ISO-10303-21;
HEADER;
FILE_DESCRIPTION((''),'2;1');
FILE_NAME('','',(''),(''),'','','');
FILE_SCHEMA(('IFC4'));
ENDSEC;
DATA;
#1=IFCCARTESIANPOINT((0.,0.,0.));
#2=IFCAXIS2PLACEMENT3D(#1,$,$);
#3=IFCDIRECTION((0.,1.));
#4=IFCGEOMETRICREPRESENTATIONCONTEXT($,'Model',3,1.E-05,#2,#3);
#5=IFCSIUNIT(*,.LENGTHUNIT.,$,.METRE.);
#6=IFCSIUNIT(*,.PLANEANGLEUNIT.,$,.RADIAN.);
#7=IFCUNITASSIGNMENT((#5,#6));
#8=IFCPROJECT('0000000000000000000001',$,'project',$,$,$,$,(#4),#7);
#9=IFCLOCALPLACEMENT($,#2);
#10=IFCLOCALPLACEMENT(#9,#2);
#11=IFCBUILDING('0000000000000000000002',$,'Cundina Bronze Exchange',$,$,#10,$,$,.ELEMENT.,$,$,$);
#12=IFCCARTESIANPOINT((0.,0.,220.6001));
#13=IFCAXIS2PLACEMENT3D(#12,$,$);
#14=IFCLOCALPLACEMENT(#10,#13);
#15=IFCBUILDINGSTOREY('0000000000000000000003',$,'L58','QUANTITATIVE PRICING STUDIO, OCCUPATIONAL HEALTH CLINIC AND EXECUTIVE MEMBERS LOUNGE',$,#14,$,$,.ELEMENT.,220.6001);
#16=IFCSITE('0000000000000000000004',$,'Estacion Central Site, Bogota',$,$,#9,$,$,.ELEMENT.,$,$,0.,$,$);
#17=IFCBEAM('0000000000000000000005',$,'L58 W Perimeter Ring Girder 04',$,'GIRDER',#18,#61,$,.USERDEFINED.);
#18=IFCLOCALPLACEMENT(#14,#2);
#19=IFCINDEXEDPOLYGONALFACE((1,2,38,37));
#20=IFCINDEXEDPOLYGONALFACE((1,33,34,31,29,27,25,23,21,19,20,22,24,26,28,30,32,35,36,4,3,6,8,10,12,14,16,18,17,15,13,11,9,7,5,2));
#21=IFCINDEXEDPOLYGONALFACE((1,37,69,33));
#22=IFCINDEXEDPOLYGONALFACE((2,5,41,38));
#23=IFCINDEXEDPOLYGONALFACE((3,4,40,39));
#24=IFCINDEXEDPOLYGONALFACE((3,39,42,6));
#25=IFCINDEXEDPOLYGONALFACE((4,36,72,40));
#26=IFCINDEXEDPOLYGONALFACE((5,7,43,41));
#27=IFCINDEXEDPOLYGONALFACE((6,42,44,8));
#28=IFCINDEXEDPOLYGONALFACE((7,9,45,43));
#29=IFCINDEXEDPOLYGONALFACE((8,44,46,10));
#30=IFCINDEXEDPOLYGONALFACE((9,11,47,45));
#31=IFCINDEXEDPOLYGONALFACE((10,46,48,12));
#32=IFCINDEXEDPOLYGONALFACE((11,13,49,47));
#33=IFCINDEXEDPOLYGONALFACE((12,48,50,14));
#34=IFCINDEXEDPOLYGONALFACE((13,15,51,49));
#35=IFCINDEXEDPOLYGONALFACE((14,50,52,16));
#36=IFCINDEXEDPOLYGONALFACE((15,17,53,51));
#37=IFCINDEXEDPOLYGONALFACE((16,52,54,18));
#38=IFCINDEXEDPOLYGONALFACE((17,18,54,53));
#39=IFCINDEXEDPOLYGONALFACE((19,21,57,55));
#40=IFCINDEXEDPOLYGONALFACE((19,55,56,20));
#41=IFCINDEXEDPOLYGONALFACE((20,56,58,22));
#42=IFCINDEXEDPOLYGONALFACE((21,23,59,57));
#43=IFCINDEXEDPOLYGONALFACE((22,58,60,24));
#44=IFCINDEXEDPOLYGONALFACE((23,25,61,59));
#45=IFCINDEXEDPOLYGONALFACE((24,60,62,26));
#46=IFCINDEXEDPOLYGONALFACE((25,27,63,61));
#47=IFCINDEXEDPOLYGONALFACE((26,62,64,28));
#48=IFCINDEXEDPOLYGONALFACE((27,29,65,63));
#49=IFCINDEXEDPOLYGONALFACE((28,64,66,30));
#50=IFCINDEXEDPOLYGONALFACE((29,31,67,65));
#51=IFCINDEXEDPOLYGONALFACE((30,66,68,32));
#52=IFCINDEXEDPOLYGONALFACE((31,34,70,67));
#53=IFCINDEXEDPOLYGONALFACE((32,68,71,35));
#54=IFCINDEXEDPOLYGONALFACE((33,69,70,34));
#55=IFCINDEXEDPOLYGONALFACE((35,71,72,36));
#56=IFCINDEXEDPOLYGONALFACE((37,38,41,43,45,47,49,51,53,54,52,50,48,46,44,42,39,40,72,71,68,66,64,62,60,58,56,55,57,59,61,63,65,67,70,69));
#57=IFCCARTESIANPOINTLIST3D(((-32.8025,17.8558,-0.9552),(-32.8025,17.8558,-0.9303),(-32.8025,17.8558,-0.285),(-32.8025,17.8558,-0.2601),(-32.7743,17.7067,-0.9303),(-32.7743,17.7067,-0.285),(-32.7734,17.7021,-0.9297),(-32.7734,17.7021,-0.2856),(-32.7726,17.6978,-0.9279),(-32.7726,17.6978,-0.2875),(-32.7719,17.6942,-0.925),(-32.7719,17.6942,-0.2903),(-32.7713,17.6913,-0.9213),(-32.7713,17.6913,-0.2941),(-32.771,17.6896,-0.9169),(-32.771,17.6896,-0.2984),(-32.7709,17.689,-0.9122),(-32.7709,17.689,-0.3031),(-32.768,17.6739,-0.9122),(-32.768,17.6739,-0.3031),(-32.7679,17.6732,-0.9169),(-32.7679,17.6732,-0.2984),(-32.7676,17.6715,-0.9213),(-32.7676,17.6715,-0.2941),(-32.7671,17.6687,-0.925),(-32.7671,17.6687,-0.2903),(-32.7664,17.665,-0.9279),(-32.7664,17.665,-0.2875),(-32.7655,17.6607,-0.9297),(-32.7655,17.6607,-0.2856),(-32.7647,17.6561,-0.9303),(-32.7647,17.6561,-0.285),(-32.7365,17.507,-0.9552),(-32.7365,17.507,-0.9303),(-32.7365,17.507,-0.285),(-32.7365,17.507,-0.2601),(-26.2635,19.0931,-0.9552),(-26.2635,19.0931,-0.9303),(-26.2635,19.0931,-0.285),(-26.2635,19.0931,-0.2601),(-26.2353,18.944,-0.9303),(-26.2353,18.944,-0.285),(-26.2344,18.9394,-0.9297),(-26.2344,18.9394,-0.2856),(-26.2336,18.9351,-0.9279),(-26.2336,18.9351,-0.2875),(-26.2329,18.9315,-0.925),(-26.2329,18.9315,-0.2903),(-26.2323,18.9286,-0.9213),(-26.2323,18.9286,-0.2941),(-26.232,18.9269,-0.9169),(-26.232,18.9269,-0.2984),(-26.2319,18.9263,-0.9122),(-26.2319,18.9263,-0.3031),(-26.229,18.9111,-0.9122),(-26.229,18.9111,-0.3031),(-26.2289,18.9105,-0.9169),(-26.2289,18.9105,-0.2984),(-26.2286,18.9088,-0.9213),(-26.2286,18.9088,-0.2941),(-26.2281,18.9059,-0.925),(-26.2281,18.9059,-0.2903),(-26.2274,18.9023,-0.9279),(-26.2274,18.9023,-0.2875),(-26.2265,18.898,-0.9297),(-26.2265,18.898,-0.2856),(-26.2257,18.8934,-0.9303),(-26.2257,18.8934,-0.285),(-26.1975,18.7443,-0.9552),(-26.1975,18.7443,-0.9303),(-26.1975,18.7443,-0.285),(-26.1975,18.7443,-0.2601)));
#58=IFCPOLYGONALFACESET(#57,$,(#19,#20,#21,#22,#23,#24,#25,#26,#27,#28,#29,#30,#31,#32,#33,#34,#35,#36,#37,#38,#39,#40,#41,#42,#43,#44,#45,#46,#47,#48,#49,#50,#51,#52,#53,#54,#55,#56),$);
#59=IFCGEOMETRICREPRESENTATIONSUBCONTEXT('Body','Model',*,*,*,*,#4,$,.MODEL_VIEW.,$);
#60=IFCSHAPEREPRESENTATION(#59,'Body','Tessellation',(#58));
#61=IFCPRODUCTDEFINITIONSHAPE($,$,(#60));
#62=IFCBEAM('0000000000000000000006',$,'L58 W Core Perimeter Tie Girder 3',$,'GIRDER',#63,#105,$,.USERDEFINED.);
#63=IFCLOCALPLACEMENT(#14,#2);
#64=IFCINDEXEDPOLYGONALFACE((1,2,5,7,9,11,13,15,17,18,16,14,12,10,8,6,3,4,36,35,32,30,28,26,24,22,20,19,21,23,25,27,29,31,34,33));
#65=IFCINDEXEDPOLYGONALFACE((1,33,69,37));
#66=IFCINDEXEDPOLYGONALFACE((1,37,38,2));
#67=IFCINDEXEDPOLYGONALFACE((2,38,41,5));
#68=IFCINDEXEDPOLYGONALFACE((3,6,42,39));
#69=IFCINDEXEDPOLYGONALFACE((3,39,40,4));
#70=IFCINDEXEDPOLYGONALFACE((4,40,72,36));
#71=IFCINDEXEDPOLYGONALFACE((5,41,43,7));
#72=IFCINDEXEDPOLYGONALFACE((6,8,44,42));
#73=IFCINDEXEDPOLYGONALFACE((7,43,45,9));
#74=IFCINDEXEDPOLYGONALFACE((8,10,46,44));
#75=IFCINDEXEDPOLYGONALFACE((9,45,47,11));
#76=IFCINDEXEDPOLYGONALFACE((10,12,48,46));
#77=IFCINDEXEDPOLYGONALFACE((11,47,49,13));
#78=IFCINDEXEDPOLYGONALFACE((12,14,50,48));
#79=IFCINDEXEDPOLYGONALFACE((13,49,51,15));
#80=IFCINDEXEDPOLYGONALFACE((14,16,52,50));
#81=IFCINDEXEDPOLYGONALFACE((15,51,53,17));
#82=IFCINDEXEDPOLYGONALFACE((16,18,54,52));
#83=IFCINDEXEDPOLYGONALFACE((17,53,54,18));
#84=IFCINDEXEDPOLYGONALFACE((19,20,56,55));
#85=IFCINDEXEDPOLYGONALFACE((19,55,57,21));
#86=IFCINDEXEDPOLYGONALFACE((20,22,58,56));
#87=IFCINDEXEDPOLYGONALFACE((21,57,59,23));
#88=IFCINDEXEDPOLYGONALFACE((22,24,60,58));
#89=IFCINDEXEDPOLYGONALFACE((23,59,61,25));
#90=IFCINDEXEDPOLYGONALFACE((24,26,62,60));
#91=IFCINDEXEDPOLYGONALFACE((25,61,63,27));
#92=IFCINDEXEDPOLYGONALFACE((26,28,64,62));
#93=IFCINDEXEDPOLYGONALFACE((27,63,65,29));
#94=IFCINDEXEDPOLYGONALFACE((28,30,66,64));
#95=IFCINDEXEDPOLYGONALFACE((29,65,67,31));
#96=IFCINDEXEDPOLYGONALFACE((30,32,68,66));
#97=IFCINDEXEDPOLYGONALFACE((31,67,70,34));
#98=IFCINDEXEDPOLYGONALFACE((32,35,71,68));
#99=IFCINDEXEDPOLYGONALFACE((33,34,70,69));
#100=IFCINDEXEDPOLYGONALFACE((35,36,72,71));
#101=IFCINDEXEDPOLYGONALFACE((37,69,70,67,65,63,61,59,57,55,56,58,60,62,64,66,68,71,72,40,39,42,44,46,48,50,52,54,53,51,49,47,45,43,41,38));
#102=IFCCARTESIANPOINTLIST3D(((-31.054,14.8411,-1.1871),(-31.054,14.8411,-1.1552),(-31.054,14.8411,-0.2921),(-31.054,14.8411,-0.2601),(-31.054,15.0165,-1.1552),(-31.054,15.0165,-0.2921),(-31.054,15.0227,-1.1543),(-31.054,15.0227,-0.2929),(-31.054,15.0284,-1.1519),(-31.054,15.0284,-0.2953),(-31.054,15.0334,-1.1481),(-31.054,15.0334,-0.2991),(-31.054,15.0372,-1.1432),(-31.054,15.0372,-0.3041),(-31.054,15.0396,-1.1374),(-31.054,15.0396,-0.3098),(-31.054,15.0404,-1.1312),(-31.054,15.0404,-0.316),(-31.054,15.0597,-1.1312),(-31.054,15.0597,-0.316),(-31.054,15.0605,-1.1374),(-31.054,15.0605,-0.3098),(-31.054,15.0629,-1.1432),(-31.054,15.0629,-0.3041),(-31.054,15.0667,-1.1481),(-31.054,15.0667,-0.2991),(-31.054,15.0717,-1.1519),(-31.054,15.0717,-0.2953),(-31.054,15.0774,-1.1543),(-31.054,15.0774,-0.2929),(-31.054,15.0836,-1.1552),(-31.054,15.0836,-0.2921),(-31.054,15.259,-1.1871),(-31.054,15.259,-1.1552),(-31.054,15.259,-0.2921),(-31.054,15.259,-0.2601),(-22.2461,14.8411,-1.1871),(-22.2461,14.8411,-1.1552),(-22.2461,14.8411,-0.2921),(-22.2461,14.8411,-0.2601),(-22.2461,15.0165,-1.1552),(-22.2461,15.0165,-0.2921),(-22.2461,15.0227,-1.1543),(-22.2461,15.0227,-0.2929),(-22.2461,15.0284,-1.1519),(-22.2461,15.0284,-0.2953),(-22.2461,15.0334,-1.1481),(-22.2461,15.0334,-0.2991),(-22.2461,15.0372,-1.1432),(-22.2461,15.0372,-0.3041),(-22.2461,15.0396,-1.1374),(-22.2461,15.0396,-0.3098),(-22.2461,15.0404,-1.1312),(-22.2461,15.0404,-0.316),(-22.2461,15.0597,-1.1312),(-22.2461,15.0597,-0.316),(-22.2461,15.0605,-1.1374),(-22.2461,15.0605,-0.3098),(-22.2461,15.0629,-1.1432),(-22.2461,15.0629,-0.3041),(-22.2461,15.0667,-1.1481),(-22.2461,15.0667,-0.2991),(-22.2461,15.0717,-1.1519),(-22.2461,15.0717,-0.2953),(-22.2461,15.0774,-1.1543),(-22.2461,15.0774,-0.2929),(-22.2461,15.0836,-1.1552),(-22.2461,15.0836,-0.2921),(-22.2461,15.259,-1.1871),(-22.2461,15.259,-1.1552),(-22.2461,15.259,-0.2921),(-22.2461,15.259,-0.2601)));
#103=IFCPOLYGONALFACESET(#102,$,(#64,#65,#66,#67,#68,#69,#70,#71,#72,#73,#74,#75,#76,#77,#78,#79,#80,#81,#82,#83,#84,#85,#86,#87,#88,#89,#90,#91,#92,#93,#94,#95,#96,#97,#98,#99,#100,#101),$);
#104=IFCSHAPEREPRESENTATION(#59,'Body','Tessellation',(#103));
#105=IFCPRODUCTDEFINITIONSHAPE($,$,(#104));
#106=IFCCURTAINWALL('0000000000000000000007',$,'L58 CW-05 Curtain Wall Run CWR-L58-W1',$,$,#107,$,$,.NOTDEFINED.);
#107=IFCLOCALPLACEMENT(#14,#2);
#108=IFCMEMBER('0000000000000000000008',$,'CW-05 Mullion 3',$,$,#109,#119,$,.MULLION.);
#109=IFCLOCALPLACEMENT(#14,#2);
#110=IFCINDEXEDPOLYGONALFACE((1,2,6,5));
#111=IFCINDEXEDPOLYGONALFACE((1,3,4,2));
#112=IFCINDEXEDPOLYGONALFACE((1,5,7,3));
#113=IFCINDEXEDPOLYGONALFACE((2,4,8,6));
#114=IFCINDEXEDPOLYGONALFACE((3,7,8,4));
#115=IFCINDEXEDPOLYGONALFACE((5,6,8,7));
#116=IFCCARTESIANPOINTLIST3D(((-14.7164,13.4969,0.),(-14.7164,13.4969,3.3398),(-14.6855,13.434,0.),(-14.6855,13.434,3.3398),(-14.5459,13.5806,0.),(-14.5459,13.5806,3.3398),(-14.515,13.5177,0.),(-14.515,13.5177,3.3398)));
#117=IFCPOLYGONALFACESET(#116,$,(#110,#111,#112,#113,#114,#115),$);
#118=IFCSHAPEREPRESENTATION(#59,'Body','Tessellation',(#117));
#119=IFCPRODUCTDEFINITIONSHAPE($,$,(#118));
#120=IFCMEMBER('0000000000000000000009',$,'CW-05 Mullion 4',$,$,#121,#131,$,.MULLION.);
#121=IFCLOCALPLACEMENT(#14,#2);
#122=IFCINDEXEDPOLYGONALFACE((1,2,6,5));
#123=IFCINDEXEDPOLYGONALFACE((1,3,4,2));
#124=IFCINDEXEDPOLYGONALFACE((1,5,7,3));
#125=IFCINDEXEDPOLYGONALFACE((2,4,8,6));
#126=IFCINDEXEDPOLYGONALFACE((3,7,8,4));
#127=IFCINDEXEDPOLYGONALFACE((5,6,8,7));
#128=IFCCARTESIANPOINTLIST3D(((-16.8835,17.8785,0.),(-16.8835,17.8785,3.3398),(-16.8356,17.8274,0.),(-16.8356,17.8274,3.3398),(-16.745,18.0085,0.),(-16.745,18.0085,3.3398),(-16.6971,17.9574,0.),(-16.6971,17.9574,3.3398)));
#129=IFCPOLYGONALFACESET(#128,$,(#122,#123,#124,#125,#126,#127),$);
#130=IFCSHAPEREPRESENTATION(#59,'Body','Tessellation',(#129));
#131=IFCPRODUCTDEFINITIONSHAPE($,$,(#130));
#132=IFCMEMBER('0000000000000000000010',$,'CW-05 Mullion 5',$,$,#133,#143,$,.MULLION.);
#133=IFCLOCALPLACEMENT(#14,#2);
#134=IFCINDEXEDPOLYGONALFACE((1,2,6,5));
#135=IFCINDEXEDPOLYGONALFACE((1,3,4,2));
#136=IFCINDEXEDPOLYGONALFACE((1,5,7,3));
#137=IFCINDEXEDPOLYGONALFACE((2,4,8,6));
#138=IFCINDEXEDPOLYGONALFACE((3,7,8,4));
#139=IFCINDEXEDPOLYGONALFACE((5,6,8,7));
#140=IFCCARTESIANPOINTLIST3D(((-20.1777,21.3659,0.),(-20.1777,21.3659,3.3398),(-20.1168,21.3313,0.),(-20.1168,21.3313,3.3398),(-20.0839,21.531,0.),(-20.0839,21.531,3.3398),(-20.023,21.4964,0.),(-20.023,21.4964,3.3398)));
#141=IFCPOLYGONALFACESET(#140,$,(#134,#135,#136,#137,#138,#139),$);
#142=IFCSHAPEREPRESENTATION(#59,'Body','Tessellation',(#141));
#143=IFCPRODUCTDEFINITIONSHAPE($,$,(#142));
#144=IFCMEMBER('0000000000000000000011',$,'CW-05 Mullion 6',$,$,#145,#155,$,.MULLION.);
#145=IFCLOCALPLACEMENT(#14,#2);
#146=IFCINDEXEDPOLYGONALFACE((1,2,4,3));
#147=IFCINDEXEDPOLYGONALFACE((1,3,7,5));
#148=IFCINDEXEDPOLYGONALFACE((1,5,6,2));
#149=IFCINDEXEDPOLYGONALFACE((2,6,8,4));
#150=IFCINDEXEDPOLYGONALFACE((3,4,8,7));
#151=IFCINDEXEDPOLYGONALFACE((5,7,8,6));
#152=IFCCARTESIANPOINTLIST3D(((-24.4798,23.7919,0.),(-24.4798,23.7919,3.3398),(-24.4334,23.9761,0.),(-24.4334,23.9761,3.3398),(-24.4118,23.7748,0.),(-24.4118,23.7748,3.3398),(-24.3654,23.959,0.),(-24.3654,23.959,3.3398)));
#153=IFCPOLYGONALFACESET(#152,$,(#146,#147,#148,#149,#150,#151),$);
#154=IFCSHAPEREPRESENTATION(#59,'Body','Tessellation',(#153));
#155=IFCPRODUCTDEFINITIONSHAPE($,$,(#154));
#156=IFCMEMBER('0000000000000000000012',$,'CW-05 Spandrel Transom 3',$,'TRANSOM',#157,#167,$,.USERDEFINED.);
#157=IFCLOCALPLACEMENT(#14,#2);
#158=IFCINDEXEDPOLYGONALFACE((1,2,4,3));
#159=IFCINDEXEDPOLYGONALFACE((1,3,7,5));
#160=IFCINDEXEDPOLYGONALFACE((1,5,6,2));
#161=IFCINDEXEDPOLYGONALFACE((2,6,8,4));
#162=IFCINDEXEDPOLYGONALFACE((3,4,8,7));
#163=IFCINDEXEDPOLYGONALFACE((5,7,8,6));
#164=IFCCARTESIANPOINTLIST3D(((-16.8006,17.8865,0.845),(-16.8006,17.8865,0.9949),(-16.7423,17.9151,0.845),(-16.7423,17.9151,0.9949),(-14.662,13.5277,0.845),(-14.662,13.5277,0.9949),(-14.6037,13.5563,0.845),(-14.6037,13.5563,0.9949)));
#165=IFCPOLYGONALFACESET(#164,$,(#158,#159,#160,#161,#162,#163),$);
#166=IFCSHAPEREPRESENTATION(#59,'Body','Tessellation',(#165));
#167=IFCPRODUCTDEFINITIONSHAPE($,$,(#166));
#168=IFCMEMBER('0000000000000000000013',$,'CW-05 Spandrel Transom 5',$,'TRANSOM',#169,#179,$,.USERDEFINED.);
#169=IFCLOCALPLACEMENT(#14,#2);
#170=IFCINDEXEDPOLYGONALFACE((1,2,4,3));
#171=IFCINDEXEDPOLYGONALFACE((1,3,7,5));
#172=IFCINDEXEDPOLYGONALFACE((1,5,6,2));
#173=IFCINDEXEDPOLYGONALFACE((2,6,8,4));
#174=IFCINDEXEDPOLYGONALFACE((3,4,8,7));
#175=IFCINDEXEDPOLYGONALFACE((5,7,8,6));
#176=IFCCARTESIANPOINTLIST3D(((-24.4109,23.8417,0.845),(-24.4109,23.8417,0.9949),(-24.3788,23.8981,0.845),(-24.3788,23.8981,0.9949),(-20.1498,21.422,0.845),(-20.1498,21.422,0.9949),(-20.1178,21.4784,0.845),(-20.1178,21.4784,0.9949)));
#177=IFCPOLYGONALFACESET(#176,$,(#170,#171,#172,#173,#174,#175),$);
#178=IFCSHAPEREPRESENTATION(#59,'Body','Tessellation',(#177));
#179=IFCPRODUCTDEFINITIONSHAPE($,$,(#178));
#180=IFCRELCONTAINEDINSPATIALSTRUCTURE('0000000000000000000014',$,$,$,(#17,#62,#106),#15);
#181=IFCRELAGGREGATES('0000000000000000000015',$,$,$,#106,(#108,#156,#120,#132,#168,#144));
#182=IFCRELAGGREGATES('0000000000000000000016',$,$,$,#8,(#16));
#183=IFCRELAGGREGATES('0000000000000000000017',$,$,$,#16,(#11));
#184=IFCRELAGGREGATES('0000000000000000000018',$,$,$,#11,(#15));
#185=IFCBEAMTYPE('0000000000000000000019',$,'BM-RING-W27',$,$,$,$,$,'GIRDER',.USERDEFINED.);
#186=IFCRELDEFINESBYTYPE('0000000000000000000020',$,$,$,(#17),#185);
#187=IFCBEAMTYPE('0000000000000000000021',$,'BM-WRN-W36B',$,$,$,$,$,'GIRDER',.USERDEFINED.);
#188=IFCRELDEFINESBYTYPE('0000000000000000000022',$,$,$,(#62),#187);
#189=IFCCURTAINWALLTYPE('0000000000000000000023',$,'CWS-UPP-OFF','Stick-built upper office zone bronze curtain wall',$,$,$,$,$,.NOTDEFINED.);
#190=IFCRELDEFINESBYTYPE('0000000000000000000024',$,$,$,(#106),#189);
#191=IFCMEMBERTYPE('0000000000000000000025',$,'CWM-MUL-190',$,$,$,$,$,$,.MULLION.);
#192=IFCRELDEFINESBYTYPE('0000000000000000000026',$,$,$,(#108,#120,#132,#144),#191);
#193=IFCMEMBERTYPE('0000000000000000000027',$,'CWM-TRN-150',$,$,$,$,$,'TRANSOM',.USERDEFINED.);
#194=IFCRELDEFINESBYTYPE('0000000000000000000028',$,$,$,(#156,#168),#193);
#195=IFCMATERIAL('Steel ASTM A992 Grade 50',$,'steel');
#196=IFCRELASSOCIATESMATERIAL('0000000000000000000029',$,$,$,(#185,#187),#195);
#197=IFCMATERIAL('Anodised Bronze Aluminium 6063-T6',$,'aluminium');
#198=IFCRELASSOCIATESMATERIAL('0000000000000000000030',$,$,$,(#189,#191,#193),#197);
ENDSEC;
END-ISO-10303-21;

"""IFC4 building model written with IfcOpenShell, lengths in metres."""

from ifc_helpers import new_model, si_unit, direction, frame, origin, origin_2d, place, context, subcontext, project, spatial, rectangle, i_section, extrude, material, material_profile, profile_set, type_object, element, aggregate, save


model = new_model("IFC4")

# Units and contexts
model_context = context("Model", 3, precision=1e-05, world=origin(), true_north=direction((0.0, 1.0)))
body_context = subcontext(model_context, "Body", "Model", "MODEL_VIEW")
ifc_project = project(units=[si_unit("LENGTHUNIT", "METRE"), si_unit("PLANEANGLEUNIT", "RADIAN")], contexts=[model_context])

# Site, building, storey
site_placement = place(None, origin())
site = spatial("IfcSite", under=ifc_project, at=site_placement, Name="Estacion Central Site, Bogota", CompositionType="ELEMENT", RefElevation=0.0)
building_placement = place(site_placement, origin())
building = spatial("IfcBuilding", under=site, at=building_placement, Name="Cundina Bronze Exchange", CompositionType="ELEMENT")
storey_placement = place(building_placement, frame((0.0, 0.0, 220.6001)))
storey = spatial("IfcBuildingStorey", under=building, at=storey_placement, Name="L58", Description="QUANTITATIVE PRICING STUDIO, OCCUPATIONAL HEALTH CLINIC AND EXECUTIVE MEMBERS LOUNGE", CompositionType="ELEMENT", Elevation=220.6001)

# Shared definitions
ifc_material_1 = material(Name="Steel ASTM A992 Grade 50", Category="steel")

# Beams
ifc_material_profile_1 = material_profile(ifc_material_1, i_section(OverallWidth=0.355, OverallDepth=0.6951, WebThickness=0.0154, FlangeThickness=0.0249, FilletRadius=0.0181, at=origin_2d()), Name="W27X146", Category="steel")
ifc_profile_set_1 = profile_set([ifc_material_profile_1], Name="Steel ASTM A992 Grade 50")
beam_type_1 = type_object("IfcBeamType", Name="BM-RING-W27", ElementType="GIRDER", PredefinedType="USERDEFINED", material=ifc_profile_set_1)
beam_1_placement = place(storey_placement, frame((-26.2305, 18.9187, -0.6077), z_axis=(-0.982565, -0.185918, 0.0), x_axis=(0.185918, -0.982565, 0.0)))
element("IfcBeam", 1, at=beam_1_placement, inside=storey, type_object=beam_type_1, Name="L58 W Perimeter Ring Girder 04", ObjectType="GIRDER", PredefinedType="USERDEFINED", context=body_context, shape_type="SweptSolid", body=[
    extrude(i_section(OverallWidth=0.355, OverallDepth=0.6951, WebThickness=0.0154, FlangeThickness=0.0249, FilletRadius=0.0181, at=origin_2d()), origin(), (0.0, 0.0, 1.0), 6.655),
])
ifc_material_profile_2 = material_profile(ifc_material_1, i_section(OverallWidth=0.418, OverallDepth=0.927, WebThickness=0.0193, FlangeThickness=0.032, FilletRadius=0.0239, at=origin_2d()), Name="W36X231", Category="steel")
ifc_profile_set_2 = profile_set([ifc_material_profile_2], Name="Steel ASTM A992 Grade 50")
beam_type_2 = type_object("IfcBeamType", Name="BM-WRN-W36B", ElementType="GIRDER", PredefinedType="USERDEFINED", material=ifc_profile_set_2)
beam_2_placement = place(storey_placement, frame((-22.2461, 15.05, -0.7236), z_axis=(-1.0, 0.0, 0.0), x_axis=(0.0, -1.0, 0.0)))
element("IfcBeam", 2, at=beam_2_placement, inside=storey, type_object=beam_type_2, Name="L58 W Core Perimeter Tie Girder 3", ObjectType="GIRDER", PredefinedType="USERDEFINED", context=body_context, shape_type="SweptSolid", body=[
    extrude(i_section(OverallWidth=0.418, OverallDepth=0.927, WebThickness=0.0193, FlangeThickness=0.032, FilletRadius=0.0239, at=origin_2d()), origin(), (0.0, 0.0, 1.0), 8.8079),
])

# Curtain wall, members
ifc_material_2 = material(Name="Anodised Bronze Aluminium 6063-T6", Category="aluminium")
curtain_wall_type = type_object("IfcCurtainWallType", Name="CWS-UPP-OFF", Description="Stick-built upper office zone bronze curtain wall", PredefinedType="NOTDEFINED", material=ifc_material_2)
curtain_wall_placement = place(storey_placement, origin())
curtain_wall = element("IfcCurtainWall", 3, at=curtain_wall_placement, inside=storey, type_object=curtain_wall_type, Name="L58 CW-05 Curtain Wall Run CWR-L58-W1", PredefinedType="NOTDEFINED")
ifc_material_profile_3 = material_profile(ifc_material_2, rectangle(XDim=0.0701, YDim=0.1899, at=origin_2d()), Name="AL70X190", Category="aluminium")
ifc_profile_set_3 = profile_set([ifc_material_profile_3], Name="Anodised Bronze Aluminium 6063-T6")
member_type_1 = type_object("IfcMemberType", Name="CWM-MUL-190", PredefinedType="MULLION", material=ifc_profile_set_3)
member_1_placement = place(storey_placement, frame((-14.6157, 13.5073, 0.0), z_axis=(0.0, 0.0, 1.0), x_axis=(-0.440566, 0.89772, 0.0)))
member_1 = element("IfcMember", 4, at=member_1_placement, type_object=member_type_1, Name="CW-05 Mullion 3", PredefinedType="MULLION", context=body_context, shape_type="SweptSolid", body=[
    extrude(rectangle(XDim=0.0701, YDim=0.1899, at=origin_2d()), origin(), (0.0, 0.0, 1.0), 3.3398),
])
member_2_placement = place(storey_placement, frame((-16.7903, 17.918, 0.0), z_axis=(0.0, 0.0, 1.0), x_axis=(-0.684293, 0.729208, 0.0)))
member_2 = element("IfcMember", 5, at=member_2_placement, type_object=member_type_1, Name="CW-05 Mullion 4", PredefinedType="MULLION", context=body_context, shape_type="SweptSolid", body=[
    extrude(rectangle(XDim=0.0701, YDim=0.1899, at=origin_2d()), origin(), (0.0, 0.0, 1.0), 3.3398),
])
member_3_placement = place(storey_placement, frame((-20.1003, 21.4312, 0.0), z_axis=(0.0, 0.0, 1.0), x_axis=(-0.869581, 0.49379, 0.0)))
member_3 = element("IfcMember", 6, at=member_3_placement, type_object=member_type_1, Name="CW-05 Mullion 5", PredefinedType="MULLION", context=body_context, shape_type="SweptSolid", body=[
    extrude(rectangle(XDim=0.0701, YDim=0.1899, at=origin_2d()), origin(), (0.0, 0.0, 1.0), 3.3398),
])
member_4_placement = place(storey_placement, frame((-24.4226, 23.8755, 0.0), z_axis=(0.0, 0.0, 1.0), x_axis=(-0.969744, 0.244123, 0.0)))
member_4 = element("IfcMember", 7, at=member_4_placement, type_object=member_type_1, Name="CW-05 Mullion 6", PredefinedType="MULLION", context=body_context, shape_type="SweptSolid", body=[
    extrude(rectangle(XDim=0.0701, YDim=0.1899, at=origin_2d()), origin(), (0.0, 0.0, 1.0), 3.3398),
])
ifc_material_profile_4 = material_profile(ifc_material_2, rectangle(XDim=0.0649, YDim=0.1499, at=origin_2d()), Name="AL65X150", Category="aluminium")
ifc_profile_set_4 = profile_set([ifc_material_profile_4], Name="Anodised Bronze Aluminium 6063-T6")
member_type_2 = type_object("IfcMemberType", Name="CWM-TRN-150", ElementType="TRANSOM", PredefinedType="USERDEFINED", material=ifc_profile_set_4)
member_5_placement = place(storey_placement, frame((-14.6328, 13.542, 0.9199), z_axis=(-0.440483, 0.897761, 0.0), x_axis=(-0.897761, -0.440483, 0.0)))
member_5 = element("IfcMember", 8, at=member_5_placement, type_object=member_type_2, Name="CW-05 Spandrel Transom 3", ObjectType="TRANSOM", PredefinedType="USERDEFINED", context=body_context, shape_type="SweptSolid", body=[
    extrude(rectangle(XDim=0.0649, YDim=0.1499, at=origin_2d()), origin(), (0.0, 0.0, 1.0), 4.8552),
])
member_6_placement = place(storey_placement, frame((-20.1338, 21.4502, 0.9199), z_axis=(-0.869574, 0.493803, 0.0), x_axis=(-0.493803, -0.869574, 0.0)))
member_6 = element("IfcMember", 9, at=member_6_placement, type_object=member_type_2, Name="CW-05 Spandrel Transom 5", ObjectType="TRANSOM", PredefinedType="USERDEFINED", context=body_context, shape_type="SweptSolid", body=[
    extrude(rectangle(XDim=0.0649, YDim=0.1499, at=origin_2d()), origin(), (0.0, 0.0, 1.0), 4.9001),
])
aggregate(curtain_wall, [member_1, member_5, member_2, member_3, member_6, member_4])

save(model, "model.ifc")
